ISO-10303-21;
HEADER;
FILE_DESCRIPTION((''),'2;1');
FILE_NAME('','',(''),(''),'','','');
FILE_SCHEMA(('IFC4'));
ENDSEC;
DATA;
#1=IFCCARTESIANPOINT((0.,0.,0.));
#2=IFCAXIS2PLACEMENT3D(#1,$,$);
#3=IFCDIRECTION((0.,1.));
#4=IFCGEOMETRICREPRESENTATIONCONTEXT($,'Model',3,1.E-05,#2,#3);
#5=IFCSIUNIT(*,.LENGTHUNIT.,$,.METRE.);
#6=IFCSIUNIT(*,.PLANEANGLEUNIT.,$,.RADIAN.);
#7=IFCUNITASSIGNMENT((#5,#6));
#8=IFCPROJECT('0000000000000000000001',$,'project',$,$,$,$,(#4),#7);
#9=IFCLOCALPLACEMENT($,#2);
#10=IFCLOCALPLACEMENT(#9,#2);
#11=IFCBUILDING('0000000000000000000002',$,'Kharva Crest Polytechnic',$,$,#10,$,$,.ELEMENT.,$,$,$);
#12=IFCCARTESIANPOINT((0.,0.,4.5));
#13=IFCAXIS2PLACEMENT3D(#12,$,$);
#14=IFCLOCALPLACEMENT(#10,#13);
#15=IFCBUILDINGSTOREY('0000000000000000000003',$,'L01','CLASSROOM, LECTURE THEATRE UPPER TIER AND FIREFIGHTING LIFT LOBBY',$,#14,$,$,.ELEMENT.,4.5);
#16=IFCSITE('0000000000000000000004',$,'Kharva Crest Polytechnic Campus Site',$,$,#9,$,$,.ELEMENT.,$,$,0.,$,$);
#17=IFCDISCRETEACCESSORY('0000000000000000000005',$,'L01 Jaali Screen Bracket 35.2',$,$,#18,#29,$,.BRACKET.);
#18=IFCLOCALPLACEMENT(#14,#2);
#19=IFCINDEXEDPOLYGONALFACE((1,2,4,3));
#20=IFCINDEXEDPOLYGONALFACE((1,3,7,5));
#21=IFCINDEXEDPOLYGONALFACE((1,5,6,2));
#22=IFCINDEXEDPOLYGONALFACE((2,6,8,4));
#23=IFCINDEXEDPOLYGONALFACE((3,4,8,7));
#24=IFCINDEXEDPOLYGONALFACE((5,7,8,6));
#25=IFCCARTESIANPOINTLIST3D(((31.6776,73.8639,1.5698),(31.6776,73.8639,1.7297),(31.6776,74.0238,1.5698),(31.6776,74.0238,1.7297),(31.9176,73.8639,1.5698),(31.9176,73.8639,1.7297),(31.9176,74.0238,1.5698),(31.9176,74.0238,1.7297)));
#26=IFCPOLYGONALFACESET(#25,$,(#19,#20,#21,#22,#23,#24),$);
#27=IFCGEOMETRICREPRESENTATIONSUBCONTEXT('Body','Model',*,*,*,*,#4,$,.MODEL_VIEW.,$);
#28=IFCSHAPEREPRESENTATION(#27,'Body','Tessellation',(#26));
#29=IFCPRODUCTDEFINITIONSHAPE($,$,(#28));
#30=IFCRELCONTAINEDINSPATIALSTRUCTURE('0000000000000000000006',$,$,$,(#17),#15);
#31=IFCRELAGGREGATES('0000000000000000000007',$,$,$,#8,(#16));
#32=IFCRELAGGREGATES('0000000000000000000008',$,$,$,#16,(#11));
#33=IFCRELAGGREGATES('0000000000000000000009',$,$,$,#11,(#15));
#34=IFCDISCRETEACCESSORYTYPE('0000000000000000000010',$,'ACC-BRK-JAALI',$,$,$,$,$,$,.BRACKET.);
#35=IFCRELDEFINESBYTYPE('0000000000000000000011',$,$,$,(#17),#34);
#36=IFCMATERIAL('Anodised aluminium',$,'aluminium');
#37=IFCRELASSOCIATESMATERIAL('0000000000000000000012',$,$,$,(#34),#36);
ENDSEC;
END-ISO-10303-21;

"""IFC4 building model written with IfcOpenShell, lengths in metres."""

from ifc_helpers import new_model, si_unit, direction, frame, origin, origin_2d, place, context, subcontext, project, spatial, rectangle, extrude, material, type_object, element, save


model = new_model("IFC4")

# Units and contexts
model_context = context("Model", 3, precision=1e-05, world=origin(), true_north=direction((0.0, 1.0)))
body_context = subcontext(model_context, "Body", "Model", "MODEL_VIEW")
ifc_project = project(units=[si_unit("LENGTHUNIT", "METRE"), si_unit("PLANEANGLEUNIT", "RADIAN")], contexts=[model_context])

# Site, building, storey
site_placement = place(None, origin())
site = spatial("IfcSite", under=ifc_project, at=site_placement, Name="Kharva Crest Polytechnic Campus Site", CompositionType="ELEMENT", RefElevation=0.0)
building_placement = place(site_placement, origin())
building = spatial("IfcBuilding", under=site, at=building_placement, Name="Kharva Crest Polytechnic", CompositionType="ELEMENT")
storey_placement = place(building_placement, frame((0.0, 0.0, 4.5)))
storey = spatial("IfcBuildingStorey", under=building, at=storey_placement, Name="L01", Description="CLASSROOM, LECTURE THEATRE UPPER TIER AND FIREFIGHTING LIFT LOBBY", CompositionType="ELEMENT", Elevation=4.5)

# Discrete accessory
ifc_material_1 = material(Name="Anodised aluminium", Category="aluminium")
discrete_accessory_type = type_object("IfcDiscreteAccessoryType", Name="ACC-BRK-JAALI", PredefinedType="BRACKET", material=ifc_material_1)
for number, where, z_axis, x_axis, name in (
    (1, (31.7976, 73.9438, 1.5698), (0.0, 0.0, 1.0), (0.0, 1.0, 0.0), "L01 Jaali Screen Bracket 35.2"),
):
    element("IfcDiscreteAccessory", number, at=place(storey_placement, frame(where, z_axis=z_axis, x_axis=x_axis)), inside=storey, type_object=discrete_accessory_type, Name=name, PredefinedType="BRACKET", context=body_context, shape_type="SweptSolid", body=[
        extrude(rectangle(XDim=0.1599, YDim=0.24, at=origin_2d()), origin(), (0.0, 0.0, 1.0), 0.1599),
    ])

save(model, "model.ifc")
